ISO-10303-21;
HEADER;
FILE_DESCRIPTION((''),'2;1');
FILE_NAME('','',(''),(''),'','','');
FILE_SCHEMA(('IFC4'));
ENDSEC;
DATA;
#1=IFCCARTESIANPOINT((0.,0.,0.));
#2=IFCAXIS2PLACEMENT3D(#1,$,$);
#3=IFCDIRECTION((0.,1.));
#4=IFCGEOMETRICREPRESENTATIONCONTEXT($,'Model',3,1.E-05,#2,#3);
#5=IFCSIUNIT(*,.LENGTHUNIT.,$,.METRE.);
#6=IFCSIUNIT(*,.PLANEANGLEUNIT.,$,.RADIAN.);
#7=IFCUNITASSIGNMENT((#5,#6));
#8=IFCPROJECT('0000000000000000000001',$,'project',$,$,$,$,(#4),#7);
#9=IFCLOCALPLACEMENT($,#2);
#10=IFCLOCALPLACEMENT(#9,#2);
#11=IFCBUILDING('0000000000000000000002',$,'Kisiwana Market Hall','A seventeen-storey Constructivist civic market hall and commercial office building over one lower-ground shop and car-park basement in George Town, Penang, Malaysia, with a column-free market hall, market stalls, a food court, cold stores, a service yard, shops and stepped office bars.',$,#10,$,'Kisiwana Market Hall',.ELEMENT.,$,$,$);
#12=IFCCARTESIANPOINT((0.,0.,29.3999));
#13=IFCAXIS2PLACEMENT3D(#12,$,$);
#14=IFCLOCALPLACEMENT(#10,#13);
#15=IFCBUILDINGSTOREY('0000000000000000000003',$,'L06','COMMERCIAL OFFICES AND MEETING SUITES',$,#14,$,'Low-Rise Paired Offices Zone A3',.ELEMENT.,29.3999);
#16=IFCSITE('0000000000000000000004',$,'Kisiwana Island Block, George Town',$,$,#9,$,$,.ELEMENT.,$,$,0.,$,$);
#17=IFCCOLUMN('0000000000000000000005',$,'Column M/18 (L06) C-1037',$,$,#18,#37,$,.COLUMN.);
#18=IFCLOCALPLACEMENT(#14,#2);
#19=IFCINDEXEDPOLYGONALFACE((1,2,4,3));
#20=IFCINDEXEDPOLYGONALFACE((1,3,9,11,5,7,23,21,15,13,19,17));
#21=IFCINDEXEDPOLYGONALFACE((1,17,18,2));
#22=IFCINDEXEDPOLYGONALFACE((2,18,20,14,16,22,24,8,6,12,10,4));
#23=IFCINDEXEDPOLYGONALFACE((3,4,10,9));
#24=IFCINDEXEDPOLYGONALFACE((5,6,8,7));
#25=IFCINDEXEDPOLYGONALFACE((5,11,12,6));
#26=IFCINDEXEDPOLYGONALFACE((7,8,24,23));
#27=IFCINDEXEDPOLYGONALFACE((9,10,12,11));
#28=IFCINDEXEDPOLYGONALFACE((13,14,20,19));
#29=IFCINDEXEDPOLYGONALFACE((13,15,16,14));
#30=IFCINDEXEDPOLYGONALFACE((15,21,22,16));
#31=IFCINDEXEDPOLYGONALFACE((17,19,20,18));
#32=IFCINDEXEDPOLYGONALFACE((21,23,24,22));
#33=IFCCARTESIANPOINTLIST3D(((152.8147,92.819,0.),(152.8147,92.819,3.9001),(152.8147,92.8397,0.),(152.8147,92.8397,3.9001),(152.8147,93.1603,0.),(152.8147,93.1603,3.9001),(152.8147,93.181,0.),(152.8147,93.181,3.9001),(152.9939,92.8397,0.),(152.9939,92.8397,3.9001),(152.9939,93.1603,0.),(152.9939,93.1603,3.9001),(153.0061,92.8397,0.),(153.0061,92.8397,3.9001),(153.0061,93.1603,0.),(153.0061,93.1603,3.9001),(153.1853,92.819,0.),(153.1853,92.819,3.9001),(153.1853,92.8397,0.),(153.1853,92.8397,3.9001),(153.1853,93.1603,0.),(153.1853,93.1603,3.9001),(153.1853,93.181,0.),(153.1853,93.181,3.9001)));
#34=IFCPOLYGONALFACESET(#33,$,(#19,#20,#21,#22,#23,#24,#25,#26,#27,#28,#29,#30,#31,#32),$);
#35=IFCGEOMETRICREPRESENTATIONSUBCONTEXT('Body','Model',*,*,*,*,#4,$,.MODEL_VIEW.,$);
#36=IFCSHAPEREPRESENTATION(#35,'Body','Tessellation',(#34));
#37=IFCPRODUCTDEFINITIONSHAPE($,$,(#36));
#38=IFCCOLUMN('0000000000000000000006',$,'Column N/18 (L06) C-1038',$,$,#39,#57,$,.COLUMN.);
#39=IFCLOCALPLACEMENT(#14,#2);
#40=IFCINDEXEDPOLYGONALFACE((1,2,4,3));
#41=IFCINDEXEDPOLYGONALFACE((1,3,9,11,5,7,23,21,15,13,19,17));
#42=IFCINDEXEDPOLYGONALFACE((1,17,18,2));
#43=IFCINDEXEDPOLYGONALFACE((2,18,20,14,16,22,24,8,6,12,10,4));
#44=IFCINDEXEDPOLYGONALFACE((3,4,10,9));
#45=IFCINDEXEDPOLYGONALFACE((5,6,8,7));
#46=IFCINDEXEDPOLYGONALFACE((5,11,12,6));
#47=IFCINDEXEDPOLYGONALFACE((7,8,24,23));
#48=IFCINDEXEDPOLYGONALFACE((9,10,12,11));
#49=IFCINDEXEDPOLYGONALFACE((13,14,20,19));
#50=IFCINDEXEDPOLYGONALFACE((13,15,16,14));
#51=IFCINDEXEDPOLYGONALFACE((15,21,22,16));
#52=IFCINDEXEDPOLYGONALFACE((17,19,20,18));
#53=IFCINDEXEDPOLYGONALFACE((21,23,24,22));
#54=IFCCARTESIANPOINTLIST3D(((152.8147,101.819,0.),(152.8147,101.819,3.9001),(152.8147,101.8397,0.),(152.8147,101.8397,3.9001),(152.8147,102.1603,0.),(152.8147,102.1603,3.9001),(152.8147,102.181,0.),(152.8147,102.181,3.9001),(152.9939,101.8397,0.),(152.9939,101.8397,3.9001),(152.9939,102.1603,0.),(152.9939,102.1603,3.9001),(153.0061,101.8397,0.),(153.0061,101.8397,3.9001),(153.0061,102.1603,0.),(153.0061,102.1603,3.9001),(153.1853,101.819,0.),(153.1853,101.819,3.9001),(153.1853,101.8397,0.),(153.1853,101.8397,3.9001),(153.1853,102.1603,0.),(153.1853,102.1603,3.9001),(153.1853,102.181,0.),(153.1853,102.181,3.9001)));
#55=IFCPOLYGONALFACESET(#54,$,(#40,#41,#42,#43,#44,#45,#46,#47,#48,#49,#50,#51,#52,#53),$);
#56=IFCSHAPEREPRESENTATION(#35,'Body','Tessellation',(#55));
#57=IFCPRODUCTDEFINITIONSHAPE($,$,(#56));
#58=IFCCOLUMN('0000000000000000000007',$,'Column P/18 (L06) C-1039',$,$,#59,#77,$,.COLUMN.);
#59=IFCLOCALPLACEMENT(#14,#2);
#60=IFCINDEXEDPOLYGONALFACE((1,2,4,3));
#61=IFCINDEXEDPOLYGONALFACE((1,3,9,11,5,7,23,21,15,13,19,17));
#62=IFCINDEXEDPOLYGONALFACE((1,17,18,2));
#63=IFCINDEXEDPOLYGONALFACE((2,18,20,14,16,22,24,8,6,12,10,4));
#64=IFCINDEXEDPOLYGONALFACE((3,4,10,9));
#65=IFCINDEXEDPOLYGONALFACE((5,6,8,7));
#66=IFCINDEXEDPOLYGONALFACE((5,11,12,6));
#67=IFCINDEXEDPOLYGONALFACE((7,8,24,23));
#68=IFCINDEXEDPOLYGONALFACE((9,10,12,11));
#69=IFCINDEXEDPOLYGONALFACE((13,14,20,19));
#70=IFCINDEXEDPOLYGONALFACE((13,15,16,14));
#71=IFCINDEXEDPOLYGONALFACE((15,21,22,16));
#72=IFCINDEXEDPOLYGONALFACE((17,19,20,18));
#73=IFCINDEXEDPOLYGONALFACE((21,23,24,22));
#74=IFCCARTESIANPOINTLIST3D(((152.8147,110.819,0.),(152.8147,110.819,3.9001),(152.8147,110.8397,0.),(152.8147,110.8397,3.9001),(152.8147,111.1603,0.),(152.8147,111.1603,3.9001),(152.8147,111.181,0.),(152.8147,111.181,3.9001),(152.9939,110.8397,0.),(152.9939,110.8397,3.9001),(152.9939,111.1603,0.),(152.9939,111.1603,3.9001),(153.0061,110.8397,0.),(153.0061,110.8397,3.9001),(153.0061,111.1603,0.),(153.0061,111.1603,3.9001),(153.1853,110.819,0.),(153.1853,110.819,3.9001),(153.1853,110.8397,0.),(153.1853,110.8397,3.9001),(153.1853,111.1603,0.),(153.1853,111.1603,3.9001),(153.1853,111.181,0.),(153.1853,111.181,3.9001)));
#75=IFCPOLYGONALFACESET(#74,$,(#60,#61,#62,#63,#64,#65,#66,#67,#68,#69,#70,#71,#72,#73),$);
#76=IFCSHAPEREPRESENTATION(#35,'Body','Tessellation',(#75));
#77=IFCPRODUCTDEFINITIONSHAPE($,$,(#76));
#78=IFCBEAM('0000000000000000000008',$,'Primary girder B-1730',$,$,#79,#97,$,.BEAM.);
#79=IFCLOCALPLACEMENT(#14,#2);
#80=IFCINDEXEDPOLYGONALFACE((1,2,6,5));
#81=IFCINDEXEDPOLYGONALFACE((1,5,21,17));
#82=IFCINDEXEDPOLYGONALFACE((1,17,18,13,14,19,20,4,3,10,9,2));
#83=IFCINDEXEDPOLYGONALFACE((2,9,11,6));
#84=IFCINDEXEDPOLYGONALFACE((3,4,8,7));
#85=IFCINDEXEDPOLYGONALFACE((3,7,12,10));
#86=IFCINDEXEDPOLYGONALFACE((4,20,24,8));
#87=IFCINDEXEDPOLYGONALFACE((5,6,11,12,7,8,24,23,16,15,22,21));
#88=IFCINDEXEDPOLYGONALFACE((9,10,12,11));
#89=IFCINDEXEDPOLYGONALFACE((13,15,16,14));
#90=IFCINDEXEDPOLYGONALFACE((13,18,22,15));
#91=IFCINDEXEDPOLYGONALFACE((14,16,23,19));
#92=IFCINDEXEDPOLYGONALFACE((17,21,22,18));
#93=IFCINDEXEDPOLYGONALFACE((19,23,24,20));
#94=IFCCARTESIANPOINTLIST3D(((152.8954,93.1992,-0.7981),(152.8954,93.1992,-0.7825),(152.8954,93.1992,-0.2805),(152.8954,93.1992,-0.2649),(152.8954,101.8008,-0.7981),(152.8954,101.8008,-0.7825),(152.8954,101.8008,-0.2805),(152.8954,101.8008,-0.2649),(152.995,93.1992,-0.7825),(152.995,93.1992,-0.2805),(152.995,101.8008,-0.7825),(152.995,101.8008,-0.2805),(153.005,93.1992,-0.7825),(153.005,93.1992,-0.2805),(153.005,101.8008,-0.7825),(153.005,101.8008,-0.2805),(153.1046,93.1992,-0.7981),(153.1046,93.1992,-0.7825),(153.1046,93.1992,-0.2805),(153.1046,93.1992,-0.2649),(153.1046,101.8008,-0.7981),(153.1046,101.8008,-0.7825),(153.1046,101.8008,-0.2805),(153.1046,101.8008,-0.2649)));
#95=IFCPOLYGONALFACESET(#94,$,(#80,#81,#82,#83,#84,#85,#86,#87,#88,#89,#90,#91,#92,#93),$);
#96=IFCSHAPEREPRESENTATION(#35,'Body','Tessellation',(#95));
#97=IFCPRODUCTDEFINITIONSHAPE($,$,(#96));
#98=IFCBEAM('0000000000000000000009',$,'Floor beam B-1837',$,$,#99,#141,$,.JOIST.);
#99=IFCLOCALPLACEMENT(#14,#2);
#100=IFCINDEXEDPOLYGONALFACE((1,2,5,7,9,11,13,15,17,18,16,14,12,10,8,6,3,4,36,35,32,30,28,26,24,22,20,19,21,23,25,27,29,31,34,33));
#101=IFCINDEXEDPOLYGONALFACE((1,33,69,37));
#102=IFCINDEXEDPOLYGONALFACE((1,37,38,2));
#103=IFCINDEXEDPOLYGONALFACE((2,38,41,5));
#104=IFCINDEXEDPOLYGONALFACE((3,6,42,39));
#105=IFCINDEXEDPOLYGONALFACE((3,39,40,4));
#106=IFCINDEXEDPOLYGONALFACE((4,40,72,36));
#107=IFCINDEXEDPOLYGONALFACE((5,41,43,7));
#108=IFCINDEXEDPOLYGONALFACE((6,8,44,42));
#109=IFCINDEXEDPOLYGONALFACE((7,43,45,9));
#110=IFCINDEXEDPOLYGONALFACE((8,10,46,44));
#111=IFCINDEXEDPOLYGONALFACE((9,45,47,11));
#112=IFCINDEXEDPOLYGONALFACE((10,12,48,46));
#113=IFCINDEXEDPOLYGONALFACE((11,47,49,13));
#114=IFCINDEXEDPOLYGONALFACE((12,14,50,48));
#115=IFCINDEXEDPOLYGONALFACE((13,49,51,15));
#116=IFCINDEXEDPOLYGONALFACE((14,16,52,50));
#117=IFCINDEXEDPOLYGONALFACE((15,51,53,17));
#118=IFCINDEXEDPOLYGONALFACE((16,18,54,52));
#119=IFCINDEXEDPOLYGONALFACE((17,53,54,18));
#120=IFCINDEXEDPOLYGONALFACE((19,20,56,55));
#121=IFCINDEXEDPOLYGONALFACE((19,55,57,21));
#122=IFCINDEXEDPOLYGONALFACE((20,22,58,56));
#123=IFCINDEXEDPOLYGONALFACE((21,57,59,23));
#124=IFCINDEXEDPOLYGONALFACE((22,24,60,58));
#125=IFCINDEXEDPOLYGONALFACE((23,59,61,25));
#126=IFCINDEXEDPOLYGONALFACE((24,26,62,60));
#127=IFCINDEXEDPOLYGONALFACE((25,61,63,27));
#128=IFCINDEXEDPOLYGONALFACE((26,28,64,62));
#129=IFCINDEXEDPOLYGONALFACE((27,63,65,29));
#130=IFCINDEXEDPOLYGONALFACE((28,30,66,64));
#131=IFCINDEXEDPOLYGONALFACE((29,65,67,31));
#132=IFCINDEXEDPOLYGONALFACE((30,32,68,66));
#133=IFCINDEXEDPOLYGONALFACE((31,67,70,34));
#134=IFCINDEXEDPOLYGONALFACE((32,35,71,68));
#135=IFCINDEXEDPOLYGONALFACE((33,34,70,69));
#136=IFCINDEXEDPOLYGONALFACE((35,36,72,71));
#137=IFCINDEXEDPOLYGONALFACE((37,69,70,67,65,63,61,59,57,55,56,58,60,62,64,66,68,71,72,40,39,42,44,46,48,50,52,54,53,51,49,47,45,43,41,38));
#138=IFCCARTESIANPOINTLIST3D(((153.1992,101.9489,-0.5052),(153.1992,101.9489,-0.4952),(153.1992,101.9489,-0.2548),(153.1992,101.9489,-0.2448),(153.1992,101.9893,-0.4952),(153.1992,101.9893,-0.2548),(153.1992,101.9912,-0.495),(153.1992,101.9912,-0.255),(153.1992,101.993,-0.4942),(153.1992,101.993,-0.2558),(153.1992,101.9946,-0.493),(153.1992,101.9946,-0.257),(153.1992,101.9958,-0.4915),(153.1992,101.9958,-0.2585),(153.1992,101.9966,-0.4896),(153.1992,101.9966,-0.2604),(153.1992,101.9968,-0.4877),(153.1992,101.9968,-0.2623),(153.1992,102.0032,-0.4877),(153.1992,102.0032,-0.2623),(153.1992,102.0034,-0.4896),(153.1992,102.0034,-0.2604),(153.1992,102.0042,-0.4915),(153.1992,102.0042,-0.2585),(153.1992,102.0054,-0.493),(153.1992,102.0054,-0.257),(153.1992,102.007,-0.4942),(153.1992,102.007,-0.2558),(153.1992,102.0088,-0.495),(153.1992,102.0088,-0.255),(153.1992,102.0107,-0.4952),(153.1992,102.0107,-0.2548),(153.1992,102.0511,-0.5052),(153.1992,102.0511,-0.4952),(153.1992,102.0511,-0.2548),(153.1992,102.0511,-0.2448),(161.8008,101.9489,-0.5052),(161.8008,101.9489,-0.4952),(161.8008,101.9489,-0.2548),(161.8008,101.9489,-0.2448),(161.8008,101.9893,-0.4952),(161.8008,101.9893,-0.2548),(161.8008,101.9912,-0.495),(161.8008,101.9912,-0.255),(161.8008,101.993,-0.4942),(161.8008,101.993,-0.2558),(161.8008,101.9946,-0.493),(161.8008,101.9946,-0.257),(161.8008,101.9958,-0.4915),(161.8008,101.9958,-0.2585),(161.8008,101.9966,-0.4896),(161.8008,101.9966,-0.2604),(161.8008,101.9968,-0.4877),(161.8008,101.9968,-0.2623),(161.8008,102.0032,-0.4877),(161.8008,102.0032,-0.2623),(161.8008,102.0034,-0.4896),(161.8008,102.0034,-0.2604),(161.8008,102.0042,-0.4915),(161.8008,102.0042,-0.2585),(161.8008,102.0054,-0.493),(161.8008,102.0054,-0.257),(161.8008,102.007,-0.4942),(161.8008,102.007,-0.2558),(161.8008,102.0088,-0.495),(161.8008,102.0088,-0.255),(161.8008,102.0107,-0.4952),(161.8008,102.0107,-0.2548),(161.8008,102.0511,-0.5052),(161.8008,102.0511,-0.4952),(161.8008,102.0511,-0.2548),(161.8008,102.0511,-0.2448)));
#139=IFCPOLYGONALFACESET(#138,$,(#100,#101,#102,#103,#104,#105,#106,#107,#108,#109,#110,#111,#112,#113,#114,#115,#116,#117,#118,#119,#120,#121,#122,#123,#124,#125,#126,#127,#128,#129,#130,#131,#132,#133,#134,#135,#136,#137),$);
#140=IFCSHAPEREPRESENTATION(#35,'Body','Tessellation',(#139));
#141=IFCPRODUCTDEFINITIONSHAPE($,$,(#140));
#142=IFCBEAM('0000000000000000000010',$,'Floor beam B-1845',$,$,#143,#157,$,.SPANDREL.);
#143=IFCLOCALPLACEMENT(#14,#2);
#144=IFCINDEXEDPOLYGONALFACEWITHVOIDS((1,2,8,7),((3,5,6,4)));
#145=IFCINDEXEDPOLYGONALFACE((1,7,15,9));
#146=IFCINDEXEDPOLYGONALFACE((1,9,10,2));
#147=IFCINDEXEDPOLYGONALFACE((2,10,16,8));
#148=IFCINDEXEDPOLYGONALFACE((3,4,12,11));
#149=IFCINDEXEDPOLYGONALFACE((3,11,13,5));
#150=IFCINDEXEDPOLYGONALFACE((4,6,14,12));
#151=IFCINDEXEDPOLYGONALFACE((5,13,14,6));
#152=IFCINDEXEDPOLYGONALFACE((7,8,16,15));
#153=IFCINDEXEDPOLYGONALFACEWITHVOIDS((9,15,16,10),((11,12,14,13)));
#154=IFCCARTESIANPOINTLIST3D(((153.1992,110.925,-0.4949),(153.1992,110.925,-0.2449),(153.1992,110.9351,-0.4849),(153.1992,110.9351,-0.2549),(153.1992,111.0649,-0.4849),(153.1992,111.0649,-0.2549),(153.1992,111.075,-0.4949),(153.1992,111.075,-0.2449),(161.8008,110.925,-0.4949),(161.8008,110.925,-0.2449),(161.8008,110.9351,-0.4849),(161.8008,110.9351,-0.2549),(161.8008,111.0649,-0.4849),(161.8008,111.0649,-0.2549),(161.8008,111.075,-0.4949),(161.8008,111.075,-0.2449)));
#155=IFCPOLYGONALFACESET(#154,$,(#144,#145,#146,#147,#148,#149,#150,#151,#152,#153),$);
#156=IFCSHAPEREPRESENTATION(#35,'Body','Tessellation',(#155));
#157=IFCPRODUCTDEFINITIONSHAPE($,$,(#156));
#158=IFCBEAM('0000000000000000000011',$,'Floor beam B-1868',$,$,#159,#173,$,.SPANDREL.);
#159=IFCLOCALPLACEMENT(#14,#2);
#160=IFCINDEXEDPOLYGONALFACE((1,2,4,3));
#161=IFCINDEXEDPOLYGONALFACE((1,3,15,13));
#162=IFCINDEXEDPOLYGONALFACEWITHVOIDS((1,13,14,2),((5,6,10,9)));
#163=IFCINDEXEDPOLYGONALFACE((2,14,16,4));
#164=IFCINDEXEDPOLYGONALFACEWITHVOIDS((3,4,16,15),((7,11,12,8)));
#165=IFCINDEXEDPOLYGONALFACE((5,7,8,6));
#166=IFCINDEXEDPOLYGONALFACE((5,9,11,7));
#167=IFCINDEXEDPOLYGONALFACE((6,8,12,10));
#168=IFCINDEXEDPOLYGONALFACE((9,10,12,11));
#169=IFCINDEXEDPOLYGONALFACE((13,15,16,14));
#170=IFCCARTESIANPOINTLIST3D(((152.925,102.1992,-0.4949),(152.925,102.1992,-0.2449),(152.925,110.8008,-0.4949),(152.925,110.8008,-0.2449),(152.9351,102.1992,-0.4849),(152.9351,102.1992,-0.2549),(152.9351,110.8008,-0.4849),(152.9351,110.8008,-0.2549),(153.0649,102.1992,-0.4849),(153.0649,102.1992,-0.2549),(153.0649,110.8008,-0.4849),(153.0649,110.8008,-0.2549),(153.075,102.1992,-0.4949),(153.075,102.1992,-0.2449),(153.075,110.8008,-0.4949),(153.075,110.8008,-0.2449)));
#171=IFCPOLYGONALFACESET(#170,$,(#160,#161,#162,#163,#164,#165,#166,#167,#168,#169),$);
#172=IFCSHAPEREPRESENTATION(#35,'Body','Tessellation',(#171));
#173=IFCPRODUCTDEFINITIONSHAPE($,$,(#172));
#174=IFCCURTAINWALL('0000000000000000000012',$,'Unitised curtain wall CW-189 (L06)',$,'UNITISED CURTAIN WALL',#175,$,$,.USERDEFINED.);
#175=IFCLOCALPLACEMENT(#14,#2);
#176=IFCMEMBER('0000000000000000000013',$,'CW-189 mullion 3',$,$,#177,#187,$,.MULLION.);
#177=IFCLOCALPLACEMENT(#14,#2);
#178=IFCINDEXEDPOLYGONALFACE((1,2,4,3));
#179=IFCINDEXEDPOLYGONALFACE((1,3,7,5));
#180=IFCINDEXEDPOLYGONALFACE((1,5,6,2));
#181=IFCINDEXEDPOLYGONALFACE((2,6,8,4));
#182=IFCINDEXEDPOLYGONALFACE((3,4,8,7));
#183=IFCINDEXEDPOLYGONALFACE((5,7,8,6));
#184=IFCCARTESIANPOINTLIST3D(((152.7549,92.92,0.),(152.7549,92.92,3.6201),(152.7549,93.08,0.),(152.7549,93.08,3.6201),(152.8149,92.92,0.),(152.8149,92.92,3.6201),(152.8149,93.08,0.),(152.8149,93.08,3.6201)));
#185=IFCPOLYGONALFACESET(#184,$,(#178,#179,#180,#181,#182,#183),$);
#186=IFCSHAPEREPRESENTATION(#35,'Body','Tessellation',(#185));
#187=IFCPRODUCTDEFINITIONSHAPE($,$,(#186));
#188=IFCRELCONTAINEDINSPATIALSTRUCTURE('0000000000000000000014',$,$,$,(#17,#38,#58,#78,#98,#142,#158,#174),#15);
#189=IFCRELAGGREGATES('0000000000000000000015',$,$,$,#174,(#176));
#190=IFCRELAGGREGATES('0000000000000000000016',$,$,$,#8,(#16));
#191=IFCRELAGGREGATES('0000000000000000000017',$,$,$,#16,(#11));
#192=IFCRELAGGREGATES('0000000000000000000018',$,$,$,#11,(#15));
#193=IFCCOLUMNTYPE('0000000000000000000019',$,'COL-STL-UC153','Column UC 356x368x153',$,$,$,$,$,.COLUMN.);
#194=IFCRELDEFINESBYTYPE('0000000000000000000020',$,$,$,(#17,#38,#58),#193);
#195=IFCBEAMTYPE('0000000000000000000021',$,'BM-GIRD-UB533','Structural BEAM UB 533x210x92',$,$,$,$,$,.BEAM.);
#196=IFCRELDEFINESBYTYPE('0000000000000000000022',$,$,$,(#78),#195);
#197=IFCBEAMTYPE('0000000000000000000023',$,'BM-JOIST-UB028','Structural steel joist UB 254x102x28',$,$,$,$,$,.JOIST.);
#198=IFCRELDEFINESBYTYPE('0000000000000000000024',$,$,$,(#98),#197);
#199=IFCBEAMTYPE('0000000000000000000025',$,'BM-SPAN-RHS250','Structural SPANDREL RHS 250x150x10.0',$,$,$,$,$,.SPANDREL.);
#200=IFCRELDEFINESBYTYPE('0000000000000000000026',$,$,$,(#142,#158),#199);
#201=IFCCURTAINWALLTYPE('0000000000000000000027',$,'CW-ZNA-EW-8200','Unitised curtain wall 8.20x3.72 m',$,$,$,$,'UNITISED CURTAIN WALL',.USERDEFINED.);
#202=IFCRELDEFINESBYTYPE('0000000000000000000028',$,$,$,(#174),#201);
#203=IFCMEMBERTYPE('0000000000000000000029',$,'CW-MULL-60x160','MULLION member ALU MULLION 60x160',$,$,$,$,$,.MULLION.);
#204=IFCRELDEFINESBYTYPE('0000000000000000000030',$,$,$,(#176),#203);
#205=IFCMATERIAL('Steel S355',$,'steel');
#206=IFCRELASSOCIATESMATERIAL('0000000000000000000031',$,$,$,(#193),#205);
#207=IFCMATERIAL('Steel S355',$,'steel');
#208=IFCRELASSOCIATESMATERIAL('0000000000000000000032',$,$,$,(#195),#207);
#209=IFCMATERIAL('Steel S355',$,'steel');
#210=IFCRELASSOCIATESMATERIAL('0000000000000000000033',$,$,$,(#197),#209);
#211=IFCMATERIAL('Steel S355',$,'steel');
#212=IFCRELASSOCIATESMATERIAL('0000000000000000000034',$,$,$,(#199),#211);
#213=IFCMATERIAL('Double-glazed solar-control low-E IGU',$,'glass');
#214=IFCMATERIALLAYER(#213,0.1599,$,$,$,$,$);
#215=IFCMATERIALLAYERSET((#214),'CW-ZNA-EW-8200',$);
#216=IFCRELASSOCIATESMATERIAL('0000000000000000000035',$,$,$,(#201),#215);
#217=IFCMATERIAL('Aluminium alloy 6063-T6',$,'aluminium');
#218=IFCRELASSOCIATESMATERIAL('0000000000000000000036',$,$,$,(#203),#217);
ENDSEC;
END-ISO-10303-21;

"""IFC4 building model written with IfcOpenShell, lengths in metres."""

from ifc_helpers import new_model, si_unit, direction, frame, origin, origin_2d, place, context, subcontext, project, spatial, rectangle, hollow_rectangle, i_section, extrude, material, layer, layer_set, material_profile, profile_set, type_object, element, aggregate, save


model = new_model("IFC4")

# Units and contexts
model_context = context("Model", 3, precision=1e-05, world=origin(), true_north=direction((0.0, 1.0)))
body_context = subcontext(model_context, "Body", "Model", "MODEL_VIEW")
ifc_project = project(units=[si_unit("LENGTHUNIT", "METRE"), si_unit("PLANEANGLEUNIT", "RADIAN")], contexts=[model_context])

# Site, building, storey
site_placement = place(None, origin())
site = spatial("IfcSite", under=ifc_project, at=site_placement, Name="Kisiwana Island Block, George Town", CompositionType="ELEMENT", RefElevation=0.0)
building_placement = place(site_placement, origin())
building = spatial("IfcBuilding", under=site, at=building_placement, Name="Kisiwana Market Hall", Description="A seventeen-storey Constructivist civic market hall and commercial office building over one lower-ground shop and car-park basement in George Town, Penang, Malaysia, with a column-free market hall, market stalls, a food court, cold stores, a service yard, shops and stepped office bars.", LongName="Kisiwana Market Hall", CompositionType="ELEMENT")
storey_placement = place(building_placement, frame((0.0, 0.0, 29.3999)))
storey = spatial("IfcBuildingStorey", under=building, at=storey_placement, Name="L06", Description="COMMERCIAL OFFICES AND MEETING SUITES", LongName="Low-Rise Paired Offices Zone A3", CompositionType="ELEMENT", Elevation=29.3999)

# Columns
ifc_material_1 = material(Name="Steel S355", Category="steel")
ifc_material_profile_1 = material_profile(ifc_material_1, i_section(OverallWidth=0.3706, OverallDepth=0.3621, WebThickness=0.0122, FlangeThickness=0.0208, at=origin_2d()), Name="UC 356x368x153")
ifc_profile_set_1 = profile_set([ifc_material_profile_1], Name="Steel S355")
column_type = type_object("IfcColumnType", Name="COL-STL-UC153", Description="Column UC 356x368x153", PredefinedType="COLUMN", material=ifc_profile_set_1)
for number, where, z_axis, x_axis, name in (
    (1, (153.0, 93.0, 0.0), (0.0, 0.0, 1.0), (1.0, 0.0, 0.0), "Column M/18 (L06) C-1037"),
    (2, (153.0, 102.0, 0.0), (0.0, 0.0, 1.0), (1.0, 0.0, 0.0), "Column N/18 (L06) C-1038"),
    (3, (153.0, 111.0, 0.0), (0.0, 0.0, 1.0), (1.0, 0.0, 0.0), "Column P/18 (L06) C-1039"),
):
    element("IfcColumn", number, at=place(storey_placement, frame(where, z_axis=z_axis, x_axis=x_axis)), inside=storey, type_object=column_type, Name=name, PredefinedType="COLUMN", context=body_context, shape_type="SweptSolid", body=[
        extrude(i_section(OverallWidth=0.3706, OverallDepth=0.3621, WebThickness=0.0122, FlangeThickness=0.0208, at=origin_2d()), origin(), (0.0, 0.0, 1.0), 3.9001),
    ])

# Beams
ifc_material_2 = material(Name="Steel S355", Category="steel")
ifc_material_profile_2 = material_profile(ifc_material_2, i_section(OverallWidth=0.2092, OverallDepth=0.5332, WebThickness=0.01, FlangeThickness=0.0156, at=origin_2d()), Name="UB 533x210x92")
ifc_profile_set_2 = profile_set([ifc_material_profile_2], Name="Steel S355")
beam_type_1 = type_object("IfcBeamType", Name="BM-GIRD-UB533", Description="Structural BEAM UB 533x210x92", PredefinedType="BEAM", material=ifc_profile_set_2)
beam_1_placement = place(storey_placement, frame((153.0, 93.1992, -0.5315), z_axis=(0.0, 1.0, 0.0), x_axis=(-1.0, 0.0, 0.0)))
element("IfcBeam", 4, at=beam_1_placement, inside=storey, type_object=beam_type_1, Name="Primary girder B-1730", PredefinedType="BEAM", context=body_context, shape_type="SweptSolid", body=[
    extrude(i_section(OverallWidth=0.2092, OverallDepth=0.5332, WebThickness=0.01, FlangeThickness=0.0156, at=origin_2d()), origin(), (0.0, 0.0, 1.0), 8.6016),
])
ifc_material_3 = material(Name="Steel S355", Category="steel")
ifc_material_profile_3 = material_profile(ifc_material_3, i_section(OverallWidth=0.1023, OverallDepth=0.2605, WebThickness=0.0063, FlangeThickness=0.01, FilletRadius=0.0076, at=origin_2d()), Name="UB 254x102x28")
ifc_profile_set_3 = profile_set([ifc_material_profile_3], Name="Steel S355")
beam_type_2 = type_object("IfcBeamType", Name="BM-JOIST-UB028", Description="Structural steel joist UB 254x102x28", PredefinedType="JOIST", material=ifc_profile_set_3)
beam_2_placement = place(storey_placement, frame((153.1992, 102.0, -0.375), z_axis=(1.0, 0.0, 0.0), x_axis=(0.0, 1.0, 0.0)))
element("IfcBeam", 5, at=beam_2_placement, inside=storey, type_object=beam_type_2, Name="Floor beam B-1837", PredefinedType="JOIST", context=body_context, shape_type="SweptSolid", body=[
    extrude(i_section(OverallWidth=0.1023, OverallDepth=0.2605, WebThickness=0.0063, FlangeThickness=0.01, FilletRadius=0.0076, at=origin_2d()), origin(), (0.0, 0.0, 1.0), 8.6016),
])
ifc_material_4 = material(Name="Steel S355", Category="steel")
ifc_material_profile_4 = material_profile(ifc_material_4, hollow_rectangle(XDim=0.1499, YDim=0.25, WallThickness=0.01, at=origin_2d()), Name="RHS 250x150x10.0")
ifc_profile_set_4 = profile_set([ifc_material_profile_4], Name="Steel S355")
beam_type_3 = type_object("IfcBeamType", Name="BM-SPAN-RHS250", Description="Structural SPANDREL RHS 250x150x10.0", PredefinedType="SPANDREL", material=ifc_profile_set_4)
for number, where, z_axis, x_axis, name in (
    (6, (153.1992, 111.0, -0.3699), (1.0, 0.0, 0.0), (0.0, 1.0, 0.0), "Floor beam B-1845"),
    (7, (153.0, 102.1992, -0.3699), (0.0, 1.0, 0.0), (-1.0, 0.0, 0.0), "Floor beam B-1868"),
):
    element("IfcBeam", number, at=place(storey_placement, frame(where, z_axis=z_axis, x_axis=x_axis)), inside=storey, type_object=beam_type_3, Name=name, PredefinedType="SPANDREL", context=body_context, shape_type="SweptSolid", body=[
        extrude(hollow_rectangle(XDim=0.1499, YDim=0.25, WallThickness=0.01, at=origin_2d()), origin(), (0.0, 0.0, 1.0), 8.6016),
    ])

# Curtain wall, member
ifc_material_5 = material(Name="Double-glazed solar-control low-E IGU", Category="glass")
ifc_layer_1 = layer(ifc_material_5, 0.1599)
ifc_layer_set_1 = layer_set([ifc_layer_1], Name="CW-ZNA-EW-8200")
curtain_wall_type = type_object("IfcCurtainWallType", Name="CW-ZNA-EW-8200", Description="Unitised curtain wall 8.20x3.72 m", ElementType="UNITISED CURTAIN WALL", PredefinedType="USERDEFINED", material=ifc_layer_set_1)
curtain_wall_1_placement = place(storey_placement, origin())
curtain_wall_1 = element("IfcCurtainWall", 8, at=curtain_wall_1_placement, inside=storey, type_object=curtain_wall_type, Name="Unitised curtain wall CW-189 (L06)", ObjectType="UNITISED CURTAIN WALL", PredefinedType="USERDEFINED")
ifc_material_6 = material(Name="Aluminium alloy 6063-T6", Category="aluminium")
ifc_material_profile_5 = material_profile(ifc_material_6, rectangle(XDim=0.0601, YDim=0.1599, at=origin_2d()), Name="ALU MULLION 60x160")
ifc_profile_set_5 = profile_set([ifc_material_profile_5], Name="Aluminium alloy 6063-T6")
member_type_1 = type_object("IfcMemberType", Name="CW-MULL-60x160", Description="MULLION member ALU MULLION 60x160", PredefinedType="MULLION", material=ifc_profile_set_5)
member_1_placement = place(storey_placement, frame((152.7849, 93.0, 0.0), z_axis=(0.0, 0.0, 1.0), x_axis=(1.0, 0.0, 0.0)))
member_1 = element("IfcMember", 9, at=member_1_placement, type_object=member_type_1, Name="CW-189 mullion 3", PredefinedType="MULLION", context=body_context, shape_type="SweptSolid", body=[
    extrude(rectangle(XDim=0.0601, YDim=0.1599, at=origin_2d()), origin(), (0.0, 0.0, 1.0), 3.6201),
])

aggregate(curtain_wall_1, [member_1])

save(model, "model.ifc")
